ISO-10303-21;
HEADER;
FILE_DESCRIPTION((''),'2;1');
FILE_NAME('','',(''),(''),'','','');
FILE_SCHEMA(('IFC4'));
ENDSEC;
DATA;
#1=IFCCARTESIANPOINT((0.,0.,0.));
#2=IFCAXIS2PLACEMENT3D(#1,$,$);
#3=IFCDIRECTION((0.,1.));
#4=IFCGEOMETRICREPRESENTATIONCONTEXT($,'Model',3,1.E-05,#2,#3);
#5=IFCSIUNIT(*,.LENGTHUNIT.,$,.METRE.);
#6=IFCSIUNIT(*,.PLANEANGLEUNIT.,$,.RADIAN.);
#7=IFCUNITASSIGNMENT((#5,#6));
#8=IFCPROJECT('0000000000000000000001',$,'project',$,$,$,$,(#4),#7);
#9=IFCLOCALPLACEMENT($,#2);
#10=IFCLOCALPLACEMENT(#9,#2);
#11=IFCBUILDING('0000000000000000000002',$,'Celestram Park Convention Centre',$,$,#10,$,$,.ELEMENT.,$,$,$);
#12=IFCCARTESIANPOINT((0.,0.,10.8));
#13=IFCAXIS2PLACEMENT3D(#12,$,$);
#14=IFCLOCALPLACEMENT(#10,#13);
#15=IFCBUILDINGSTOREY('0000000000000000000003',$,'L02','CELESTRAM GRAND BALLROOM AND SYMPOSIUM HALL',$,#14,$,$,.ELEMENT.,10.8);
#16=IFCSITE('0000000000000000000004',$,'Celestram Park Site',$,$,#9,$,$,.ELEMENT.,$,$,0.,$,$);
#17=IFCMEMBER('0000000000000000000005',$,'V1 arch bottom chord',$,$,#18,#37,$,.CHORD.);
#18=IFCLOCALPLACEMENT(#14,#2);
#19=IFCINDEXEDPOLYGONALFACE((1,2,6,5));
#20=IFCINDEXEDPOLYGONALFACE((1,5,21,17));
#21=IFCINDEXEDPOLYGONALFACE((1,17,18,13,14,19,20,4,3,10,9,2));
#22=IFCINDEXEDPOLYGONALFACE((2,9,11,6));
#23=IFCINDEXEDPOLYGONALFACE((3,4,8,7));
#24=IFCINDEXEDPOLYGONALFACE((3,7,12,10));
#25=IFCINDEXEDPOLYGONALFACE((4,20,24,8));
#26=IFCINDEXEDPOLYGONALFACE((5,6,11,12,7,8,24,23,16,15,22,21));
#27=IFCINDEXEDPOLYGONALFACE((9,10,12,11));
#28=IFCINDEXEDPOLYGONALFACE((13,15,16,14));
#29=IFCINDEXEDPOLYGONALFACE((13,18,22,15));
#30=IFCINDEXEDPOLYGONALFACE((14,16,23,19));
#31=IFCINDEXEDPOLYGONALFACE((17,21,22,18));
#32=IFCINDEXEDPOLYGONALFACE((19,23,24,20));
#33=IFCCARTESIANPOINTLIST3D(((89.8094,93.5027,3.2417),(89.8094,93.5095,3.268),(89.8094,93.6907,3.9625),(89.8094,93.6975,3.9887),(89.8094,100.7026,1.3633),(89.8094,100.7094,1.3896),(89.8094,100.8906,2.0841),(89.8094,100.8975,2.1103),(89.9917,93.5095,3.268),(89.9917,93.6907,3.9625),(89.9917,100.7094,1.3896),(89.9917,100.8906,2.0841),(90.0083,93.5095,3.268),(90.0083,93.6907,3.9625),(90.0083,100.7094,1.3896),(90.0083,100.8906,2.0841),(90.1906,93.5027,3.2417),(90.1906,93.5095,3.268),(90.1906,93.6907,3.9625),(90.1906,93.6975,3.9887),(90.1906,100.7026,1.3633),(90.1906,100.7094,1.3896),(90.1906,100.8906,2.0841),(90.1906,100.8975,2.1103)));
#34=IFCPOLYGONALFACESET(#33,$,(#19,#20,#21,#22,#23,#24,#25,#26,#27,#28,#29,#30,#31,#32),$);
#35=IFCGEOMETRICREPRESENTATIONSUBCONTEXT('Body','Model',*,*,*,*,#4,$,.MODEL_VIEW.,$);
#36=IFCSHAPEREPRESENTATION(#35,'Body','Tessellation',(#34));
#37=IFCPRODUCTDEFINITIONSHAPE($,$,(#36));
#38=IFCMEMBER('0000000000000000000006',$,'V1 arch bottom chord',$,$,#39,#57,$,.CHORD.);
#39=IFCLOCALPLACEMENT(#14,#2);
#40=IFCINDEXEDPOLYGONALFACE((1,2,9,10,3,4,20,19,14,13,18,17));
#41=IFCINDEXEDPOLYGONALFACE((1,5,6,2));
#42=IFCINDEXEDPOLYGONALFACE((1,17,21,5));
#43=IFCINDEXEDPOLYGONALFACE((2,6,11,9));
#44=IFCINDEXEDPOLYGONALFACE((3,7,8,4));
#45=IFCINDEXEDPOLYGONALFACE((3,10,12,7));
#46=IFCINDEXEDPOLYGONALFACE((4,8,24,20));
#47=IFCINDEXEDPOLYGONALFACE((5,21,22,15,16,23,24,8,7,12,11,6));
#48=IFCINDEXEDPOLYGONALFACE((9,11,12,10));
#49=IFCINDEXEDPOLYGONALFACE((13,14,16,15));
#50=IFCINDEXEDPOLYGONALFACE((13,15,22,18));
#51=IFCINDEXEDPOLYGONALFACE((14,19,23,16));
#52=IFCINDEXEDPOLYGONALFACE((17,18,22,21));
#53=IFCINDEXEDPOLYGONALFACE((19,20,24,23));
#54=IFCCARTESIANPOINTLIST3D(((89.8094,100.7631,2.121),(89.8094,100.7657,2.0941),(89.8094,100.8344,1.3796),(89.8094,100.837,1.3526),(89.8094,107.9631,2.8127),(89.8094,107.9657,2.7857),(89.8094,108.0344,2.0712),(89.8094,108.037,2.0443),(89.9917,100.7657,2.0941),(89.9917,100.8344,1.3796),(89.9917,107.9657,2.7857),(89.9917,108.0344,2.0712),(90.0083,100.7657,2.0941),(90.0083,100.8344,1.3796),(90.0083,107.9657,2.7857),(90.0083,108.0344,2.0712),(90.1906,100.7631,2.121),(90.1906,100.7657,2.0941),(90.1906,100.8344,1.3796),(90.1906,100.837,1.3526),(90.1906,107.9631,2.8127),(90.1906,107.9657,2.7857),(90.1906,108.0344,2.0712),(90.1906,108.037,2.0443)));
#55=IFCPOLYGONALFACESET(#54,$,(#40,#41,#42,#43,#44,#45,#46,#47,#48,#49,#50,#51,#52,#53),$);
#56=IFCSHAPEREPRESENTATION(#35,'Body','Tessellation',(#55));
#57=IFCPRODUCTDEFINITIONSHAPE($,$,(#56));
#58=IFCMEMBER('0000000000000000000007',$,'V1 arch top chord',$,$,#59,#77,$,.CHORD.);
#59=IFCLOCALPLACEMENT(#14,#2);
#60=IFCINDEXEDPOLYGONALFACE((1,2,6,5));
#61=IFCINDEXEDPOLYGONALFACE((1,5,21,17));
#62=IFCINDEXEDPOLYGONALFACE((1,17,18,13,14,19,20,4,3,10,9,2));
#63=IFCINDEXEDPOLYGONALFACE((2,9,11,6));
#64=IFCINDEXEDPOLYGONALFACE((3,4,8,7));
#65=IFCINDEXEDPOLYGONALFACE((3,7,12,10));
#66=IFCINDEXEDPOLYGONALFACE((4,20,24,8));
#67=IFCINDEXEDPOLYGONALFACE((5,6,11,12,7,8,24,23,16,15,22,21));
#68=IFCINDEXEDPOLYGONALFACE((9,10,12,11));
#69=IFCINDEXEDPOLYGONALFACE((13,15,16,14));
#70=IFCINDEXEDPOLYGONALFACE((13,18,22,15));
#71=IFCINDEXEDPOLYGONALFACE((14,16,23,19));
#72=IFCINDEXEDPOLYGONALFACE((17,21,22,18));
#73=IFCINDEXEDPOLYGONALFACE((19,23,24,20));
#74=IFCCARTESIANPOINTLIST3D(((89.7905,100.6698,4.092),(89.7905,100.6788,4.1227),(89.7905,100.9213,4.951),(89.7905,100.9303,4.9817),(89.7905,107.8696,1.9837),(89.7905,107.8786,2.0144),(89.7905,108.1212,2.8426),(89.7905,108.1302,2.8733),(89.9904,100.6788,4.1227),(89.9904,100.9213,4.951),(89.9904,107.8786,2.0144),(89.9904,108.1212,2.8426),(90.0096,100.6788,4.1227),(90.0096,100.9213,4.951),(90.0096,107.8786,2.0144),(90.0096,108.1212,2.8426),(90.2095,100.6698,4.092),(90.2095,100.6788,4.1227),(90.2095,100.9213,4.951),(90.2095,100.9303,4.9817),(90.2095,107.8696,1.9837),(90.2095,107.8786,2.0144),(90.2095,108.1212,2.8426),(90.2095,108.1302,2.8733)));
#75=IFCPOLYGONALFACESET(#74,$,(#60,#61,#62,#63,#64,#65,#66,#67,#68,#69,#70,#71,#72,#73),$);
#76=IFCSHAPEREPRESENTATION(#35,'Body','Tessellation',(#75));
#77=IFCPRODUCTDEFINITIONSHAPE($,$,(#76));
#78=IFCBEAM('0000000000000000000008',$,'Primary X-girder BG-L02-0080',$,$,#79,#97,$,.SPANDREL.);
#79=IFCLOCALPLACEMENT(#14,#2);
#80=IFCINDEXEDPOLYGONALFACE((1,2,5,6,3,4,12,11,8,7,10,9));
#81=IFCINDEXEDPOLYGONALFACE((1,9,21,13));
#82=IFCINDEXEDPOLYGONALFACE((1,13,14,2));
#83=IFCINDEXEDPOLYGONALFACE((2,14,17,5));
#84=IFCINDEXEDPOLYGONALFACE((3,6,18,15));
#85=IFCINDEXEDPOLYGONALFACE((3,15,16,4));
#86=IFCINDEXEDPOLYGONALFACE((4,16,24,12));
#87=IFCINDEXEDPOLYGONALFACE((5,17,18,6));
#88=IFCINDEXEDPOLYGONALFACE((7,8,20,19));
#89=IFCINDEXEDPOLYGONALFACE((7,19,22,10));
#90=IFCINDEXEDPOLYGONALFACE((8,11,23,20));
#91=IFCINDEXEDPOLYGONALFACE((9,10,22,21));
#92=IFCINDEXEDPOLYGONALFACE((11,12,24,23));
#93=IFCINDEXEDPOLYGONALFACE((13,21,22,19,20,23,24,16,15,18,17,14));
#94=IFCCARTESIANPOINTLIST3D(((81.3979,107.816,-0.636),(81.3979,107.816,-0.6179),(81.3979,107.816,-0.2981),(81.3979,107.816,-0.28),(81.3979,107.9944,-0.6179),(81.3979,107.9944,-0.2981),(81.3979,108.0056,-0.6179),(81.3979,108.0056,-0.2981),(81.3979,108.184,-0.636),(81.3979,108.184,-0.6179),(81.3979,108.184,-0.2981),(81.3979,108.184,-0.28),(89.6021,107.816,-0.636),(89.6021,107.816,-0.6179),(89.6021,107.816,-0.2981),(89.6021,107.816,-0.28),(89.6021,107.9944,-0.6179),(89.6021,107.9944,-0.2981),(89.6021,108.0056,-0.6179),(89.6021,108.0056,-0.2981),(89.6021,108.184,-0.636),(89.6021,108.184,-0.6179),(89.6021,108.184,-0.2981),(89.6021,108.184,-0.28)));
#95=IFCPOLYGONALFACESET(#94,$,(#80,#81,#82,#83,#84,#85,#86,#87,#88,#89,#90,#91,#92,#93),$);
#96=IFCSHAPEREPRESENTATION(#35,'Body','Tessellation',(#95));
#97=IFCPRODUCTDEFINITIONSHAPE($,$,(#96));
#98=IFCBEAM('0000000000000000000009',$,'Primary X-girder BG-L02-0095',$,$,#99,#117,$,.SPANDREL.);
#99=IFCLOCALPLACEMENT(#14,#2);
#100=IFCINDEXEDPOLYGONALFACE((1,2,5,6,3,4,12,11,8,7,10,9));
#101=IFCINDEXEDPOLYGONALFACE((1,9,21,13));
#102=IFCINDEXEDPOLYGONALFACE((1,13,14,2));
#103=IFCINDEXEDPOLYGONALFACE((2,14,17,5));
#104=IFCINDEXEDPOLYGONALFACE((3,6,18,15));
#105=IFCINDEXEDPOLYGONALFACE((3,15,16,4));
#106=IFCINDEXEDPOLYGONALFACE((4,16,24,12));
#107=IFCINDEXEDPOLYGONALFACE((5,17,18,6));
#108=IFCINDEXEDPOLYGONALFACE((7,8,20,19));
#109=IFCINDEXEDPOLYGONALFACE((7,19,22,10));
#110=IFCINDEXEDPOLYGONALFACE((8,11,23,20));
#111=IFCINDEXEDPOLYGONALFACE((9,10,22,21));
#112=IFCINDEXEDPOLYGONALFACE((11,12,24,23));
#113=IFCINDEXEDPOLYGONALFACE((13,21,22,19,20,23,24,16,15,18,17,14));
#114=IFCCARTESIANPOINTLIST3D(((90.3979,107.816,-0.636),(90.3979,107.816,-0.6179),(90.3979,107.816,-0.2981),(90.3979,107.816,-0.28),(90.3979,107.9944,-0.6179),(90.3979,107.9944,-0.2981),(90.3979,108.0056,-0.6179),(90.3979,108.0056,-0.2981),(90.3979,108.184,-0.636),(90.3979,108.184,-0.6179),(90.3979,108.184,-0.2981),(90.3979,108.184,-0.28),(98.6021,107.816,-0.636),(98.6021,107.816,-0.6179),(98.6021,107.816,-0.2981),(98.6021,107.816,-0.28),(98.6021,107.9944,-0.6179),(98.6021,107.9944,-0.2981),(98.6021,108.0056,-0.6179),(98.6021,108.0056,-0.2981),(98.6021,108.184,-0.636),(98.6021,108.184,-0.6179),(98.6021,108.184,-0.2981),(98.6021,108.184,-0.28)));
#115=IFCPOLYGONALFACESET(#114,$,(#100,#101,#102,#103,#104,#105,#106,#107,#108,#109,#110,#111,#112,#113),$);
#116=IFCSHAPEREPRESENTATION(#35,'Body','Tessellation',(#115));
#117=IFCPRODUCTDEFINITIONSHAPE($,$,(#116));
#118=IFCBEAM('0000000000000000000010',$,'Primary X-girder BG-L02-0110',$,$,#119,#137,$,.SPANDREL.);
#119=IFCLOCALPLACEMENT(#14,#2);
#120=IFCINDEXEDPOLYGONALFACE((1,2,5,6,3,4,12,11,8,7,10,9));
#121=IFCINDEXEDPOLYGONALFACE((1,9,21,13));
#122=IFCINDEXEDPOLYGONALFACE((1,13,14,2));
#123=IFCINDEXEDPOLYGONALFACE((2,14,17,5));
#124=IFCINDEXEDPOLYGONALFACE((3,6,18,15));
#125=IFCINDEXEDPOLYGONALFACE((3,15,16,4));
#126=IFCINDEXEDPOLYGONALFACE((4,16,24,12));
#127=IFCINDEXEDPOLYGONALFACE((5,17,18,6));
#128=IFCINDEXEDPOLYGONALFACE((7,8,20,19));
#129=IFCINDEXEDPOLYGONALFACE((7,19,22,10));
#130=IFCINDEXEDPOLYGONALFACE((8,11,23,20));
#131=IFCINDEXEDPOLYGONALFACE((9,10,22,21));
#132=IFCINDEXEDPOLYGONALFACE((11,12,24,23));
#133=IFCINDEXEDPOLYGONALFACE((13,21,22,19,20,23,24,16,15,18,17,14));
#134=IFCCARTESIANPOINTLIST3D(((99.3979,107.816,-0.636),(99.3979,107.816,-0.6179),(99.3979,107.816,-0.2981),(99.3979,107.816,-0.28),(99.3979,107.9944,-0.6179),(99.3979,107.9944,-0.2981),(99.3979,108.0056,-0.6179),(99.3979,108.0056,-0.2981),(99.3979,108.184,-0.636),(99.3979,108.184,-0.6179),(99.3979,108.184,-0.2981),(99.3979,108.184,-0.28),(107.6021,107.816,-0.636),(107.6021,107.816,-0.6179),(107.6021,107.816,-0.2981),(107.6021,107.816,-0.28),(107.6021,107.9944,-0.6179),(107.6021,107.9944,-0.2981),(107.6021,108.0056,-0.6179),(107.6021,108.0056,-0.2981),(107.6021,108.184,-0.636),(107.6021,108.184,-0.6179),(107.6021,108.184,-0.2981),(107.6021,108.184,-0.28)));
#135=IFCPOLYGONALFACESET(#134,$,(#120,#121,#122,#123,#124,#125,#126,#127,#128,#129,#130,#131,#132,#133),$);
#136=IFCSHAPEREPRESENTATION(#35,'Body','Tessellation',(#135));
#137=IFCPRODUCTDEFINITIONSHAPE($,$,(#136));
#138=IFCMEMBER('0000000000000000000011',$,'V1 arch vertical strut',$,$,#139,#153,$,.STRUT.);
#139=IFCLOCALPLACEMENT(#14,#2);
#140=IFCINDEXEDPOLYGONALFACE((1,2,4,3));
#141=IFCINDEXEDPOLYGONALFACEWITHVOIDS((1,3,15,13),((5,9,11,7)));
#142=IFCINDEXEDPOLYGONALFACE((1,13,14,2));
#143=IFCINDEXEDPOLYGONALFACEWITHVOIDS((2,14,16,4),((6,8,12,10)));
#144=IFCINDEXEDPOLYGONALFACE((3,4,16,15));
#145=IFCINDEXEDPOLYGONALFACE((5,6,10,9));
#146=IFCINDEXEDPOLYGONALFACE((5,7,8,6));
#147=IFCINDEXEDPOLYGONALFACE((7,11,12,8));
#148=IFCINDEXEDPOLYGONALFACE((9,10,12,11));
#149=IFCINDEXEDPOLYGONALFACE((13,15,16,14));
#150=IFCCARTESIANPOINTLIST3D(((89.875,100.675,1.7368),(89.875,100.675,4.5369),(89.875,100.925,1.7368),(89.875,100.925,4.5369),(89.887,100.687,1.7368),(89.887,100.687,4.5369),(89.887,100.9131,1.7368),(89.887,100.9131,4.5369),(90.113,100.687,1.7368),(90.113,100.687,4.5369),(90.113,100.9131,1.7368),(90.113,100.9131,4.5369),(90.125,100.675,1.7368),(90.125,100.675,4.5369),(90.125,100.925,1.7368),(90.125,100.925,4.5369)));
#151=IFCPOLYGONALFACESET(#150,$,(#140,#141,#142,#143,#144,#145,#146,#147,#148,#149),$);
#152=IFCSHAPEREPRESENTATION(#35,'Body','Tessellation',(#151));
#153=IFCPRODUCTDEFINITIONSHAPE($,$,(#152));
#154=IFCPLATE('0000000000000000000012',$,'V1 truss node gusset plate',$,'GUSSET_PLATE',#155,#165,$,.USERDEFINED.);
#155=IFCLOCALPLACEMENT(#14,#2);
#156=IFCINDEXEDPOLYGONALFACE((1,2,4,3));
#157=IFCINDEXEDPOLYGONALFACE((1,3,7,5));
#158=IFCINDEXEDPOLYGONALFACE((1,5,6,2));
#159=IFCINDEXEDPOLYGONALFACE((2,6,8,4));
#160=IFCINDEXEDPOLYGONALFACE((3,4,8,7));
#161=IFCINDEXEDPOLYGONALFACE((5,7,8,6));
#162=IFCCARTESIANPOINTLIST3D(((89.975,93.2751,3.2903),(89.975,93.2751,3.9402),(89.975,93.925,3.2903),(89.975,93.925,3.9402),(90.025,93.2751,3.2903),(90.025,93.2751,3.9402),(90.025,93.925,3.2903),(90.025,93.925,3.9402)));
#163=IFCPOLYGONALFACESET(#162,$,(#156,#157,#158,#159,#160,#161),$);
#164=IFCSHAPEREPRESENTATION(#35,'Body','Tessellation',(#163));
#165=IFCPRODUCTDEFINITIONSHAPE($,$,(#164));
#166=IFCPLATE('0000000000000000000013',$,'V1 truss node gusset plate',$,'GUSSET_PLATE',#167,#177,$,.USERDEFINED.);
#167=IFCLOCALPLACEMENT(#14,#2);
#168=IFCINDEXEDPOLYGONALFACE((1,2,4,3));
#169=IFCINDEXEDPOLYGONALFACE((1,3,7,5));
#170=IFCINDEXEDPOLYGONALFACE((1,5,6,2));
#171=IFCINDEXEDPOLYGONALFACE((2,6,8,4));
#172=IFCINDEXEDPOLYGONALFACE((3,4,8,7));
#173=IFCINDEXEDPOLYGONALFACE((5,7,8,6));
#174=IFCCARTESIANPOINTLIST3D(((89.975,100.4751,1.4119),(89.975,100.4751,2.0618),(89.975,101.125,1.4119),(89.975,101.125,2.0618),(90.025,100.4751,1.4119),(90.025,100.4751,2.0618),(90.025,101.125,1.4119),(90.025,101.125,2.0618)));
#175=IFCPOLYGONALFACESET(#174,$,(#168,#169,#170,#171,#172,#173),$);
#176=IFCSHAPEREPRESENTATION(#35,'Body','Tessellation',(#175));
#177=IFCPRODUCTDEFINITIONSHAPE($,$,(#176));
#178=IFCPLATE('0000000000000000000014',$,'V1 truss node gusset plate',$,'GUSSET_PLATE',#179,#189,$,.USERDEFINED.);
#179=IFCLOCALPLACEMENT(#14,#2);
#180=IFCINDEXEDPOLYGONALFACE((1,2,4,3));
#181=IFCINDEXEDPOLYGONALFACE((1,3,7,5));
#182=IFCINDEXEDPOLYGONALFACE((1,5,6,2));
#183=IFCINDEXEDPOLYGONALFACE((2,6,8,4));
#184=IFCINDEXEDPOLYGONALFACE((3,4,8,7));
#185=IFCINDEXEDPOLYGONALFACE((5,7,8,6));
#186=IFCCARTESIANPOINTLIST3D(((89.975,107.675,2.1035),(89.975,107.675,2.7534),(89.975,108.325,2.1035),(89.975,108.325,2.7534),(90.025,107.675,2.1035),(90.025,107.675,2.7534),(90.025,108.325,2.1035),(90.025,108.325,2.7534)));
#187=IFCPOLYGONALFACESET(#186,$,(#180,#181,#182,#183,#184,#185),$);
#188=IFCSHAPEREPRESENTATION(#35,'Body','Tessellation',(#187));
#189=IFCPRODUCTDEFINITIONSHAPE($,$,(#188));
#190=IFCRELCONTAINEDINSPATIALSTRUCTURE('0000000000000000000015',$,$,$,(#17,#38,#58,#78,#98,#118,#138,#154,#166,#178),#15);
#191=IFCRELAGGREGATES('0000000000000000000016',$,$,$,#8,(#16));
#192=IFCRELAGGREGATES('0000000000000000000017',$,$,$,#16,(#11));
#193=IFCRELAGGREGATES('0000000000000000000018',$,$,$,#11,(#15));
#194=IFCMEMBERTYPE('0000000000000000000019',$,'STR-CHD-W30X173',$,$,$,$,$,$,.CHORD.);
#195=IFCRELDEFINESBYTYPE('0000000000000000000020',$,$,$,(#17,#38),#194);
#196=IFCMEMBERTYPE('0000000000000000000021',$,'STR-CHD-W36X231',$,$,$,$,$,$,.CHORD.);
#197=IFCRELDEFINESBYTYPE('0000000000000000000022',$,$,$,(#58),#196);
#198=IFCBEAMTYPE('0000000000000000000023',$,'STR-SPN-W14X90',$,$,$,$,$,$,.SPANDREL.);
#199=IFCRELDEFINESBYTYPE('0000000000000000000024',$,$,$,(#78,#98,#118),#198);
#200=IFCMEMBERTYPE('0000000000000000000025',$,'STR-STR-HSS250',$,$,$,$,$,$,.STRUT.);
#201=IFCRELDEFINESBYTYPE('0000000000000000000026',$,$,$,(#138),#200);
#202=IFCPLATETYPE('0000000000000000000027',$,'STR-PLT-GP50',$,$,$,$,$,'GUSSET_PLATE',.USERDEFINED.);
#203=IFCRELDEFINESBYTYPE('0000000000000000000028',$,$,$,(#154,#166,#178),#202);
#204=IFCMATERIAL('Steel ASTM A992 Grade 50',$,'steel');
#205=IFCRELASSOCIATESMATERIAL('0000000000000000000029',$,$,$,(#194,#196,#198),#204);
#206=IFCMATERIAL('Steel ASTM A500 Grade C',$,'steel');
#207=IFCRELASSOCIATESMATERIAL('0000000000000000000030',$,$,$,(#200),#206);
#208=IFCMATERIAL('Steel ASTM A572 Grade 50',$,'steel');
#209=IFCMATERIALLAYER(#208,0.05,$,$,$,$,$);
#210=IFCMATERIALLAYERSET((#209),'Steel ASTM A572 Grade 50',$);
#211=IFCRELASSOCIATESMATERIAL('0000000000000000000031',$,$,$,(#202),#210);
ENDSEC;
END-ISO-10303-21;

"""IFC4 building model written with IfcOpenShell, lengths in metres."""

from ifc_helpers import new_model, si_unit, direction, frame, origin, origin_2d, place, context, subcontext, project, spatial, rectangle, hollow_rectangle, i_section, extrude, material, layer, layer_set, material_profile, profile_set, type_object, element, save


model = new_model("IFC4")

# Units and contexts
model_context = context("Model", 3, precision=1e-05, world=origin(), true_north=direction((0.0, 1.0)))
body_context = subcontext(model_context, "Body", "Model", "MODEL_VIEW")
ifc_project = project(units=[si_unit("LENGTHUNIT", "METRE"), si_unit("PLANEANGLEUNIT", "RADIAN")], contexts=[model_context])

# Site, building, storey
site_placement = place(None, origin())
site = spatial("IfcSite", under=ifc_project, at=site_placement, Name="Celestram Park Site", CompositionType="ELEMENT", RefElevation=0.0)
building_placement = place(site_placement, origin())
building = spatial("IfcBuilding", under=site, at=building_placement, Name="Celestram Park Convention Centre", CompositionType="ELEMENT")
storey_placement = place(building_placement, frame((0.0, 0.0, 10.8)))
storey = spatial("IfcBuildingStorey", under=building, at=storey_placement, Name="L02", Description="CELESTRAM GRAND BALLROOM AND SYMPOSIUM HALL", CompositionType="ELEMENT", Elevation=10.8)

# Shared definitions
ifc_material_1 = material(Name="Steel ASTM A992 Grade 50", Category="steel")

# Members
ifc_material_2 = material(Name="Steel ASTM A500 Grade C", Category="steel")
ifc_material_profile_1 = material_profile(ifc_material_1, i_section(OverallWidth=0.3811, OverallDepth=0.772, WebThickness=0.0166, FlangeThickness=0.0271, at=origin_2d()), Name="W30X173")
ifc_profile_set_1 = profile_set([ifc_material_profile_1], Name="Steel ASTM A992 Grade 50")
member_type_1 = type_object("IfcMemberType", Name="STR-CHD-W30X173", PredefinedType="CHORD", material=ifc_profile_set_1)
member_1_placement = place(storey_placement, frame((90.0, 93.6001, 3.6152), z_axis=(0.0, 0.967612, -0.252443), x_axis=(-1.0, 0.0, 0.0)))
element("IfcMember", 1, at=member_1_placement, inside=storey, type_object=member_type_1, Name="V1 arch bottom chord", PredefinedType="CHORD", context=body_context, shape_type="SweptSolid", body=[
    extrude(i_section(OverallWidth=0.3811, OverallDepth=0.772, WebThickness=0.0166, FlangeThickness=0.0271, at=origin_2d()), origin(), (0.0, 0.0, 1.0), 7.4409),
])
member_2_placement = place(storey_placement, frame((90.0, 100.8, 1.7368), z_axis=(0.0, 0.995418, 0.095623), x_axis=(-1.0, 0.0, 0.0)))
element("IfcMember", 2, at=member_2_placement, inside=storey, type_object=member_type_1, Name="V1 arch bottom chord", PredefinedType="CHORD", context=body_context, shape_type="SweptSolid", body=[
    extrude(i_section(OverallWidth=0.3811, OverallDepth=0.772, WebThickness=0.0166, FlangeThickness=0.0271, at=origin_2d()), origin(), (0.0, 0.0, 1.0), 7.2332),
])
ifc_material_profile_2 = material_profile(ifc_material_1, i_section(OverallWidth=0.4189, OverallDepth=0.927, WebThickness=0.0193, FlangeThickness=0.032, at=origin_2d()), Name="W36X231")
ifc_profile_set_2 = profile_set([ifc_material_profile_2], Name="Steel ASTM A992 Grade 50")
member_type_2 = type_object("IfcMemberType", Name="STR-CHD-W36X231", PredefinedType="CHORD", material=ifc_profile_set_2)
member_3_placement = place(storey_placement, frame((90.0, 100.8, 4.5369), z_axis=(0.0, 0.959698, -0.281033), x_axis=(-1.0, 0.0, 0.0)))
element("IfcMember", 3, at=member_3_placement, inside=storey, type_object=member_type_2, Name="V1 arch top chord", PredefinedType="CHORD", context=body_context, shape_type="SweptSolid", body=[
    extrude(i_section(OverallWidth=0.4189, OverallDepth=0.927, WebThickness=0.0193, FlangeThickness=0.032, at=origin_2d()), origin(), (0.0, 0.0, 1.0), 7.5022),
])

# Beams
ifc_material_profile_3 = material_profile(ifc_material_1, i_section(OverallWidth=0.3679, OverallDepth=0.356, WebThickness=0.0112, FlangeThickness=0.0181, at=origin_2d()), Name="W14X90")
ifc_profile_set_3 = profile_set([ifc_material_profile_3], Name="Steel ASTM A992 Grade 50")
beam_type_1 = type_object("IfcBeamType", Name="STR-SPN-W14X90", PredefinedType="SPANDREL", material=ifc_profile_set_3)
for number, where, z_axis, x_axis, name in (
    (4, (81.3979, 108.0, -0.458), (1.0, 0.0, 0.0), (0.0, 1.0, 0.0), "Primary X-girder BG-L02-0080"),
    (5, (90.3979, 108.0, -0.458), (1.0, 0.0, 0.0), (0.0, 1.0, 0.0), "Primary X-girder BG-L02-0095"),
    (6, (99.3979, 108.0, -0.458), (1.0, 0.0, 0.0), (0.0, 1.0, 0.0), "Primary X-girder BG-L02-0110"),
):
    element("IfcBeam", number, at=place(storey_placement, frame(where, z_axis=z_axis, x_axis=x_axis)), inside=storey, type_object=beam_type_1, Name=name, PredefinedType="SPANDREL", context=body_context, shape_type="SweptSolid", body=[
        extrude(i_section(OverallWidth=0.3679, OverallDepth=0.356, WebThickness=0.0112, FlangeThickness=0.0181, at=origin_2d()), origin(), (0.0, 0.0, 1.0), 8.2041),
    ])

# Member
ifc_material_profile_4 = material_profile(ifc_material_2, hollow_rectangle(XDim=0.25, YDim=0.25, WallThickness=0.012, at=origin_2d()), Name="HSS250X250X12")
ifc_profile_set_4 = profile_set([ifc_material_profile_4], Name="Steel ASTM A500 Grade C")
member_type_3 = type_object("IfcMemberType", Name="STR-STR-HSS250", PredefinedType="STRUT", material=ifc_profile_set_4)
member_4_placement = place(storey_placement, frame((90.0, 100.8, 1.7368), z_axis=(0.0, 0.0, 1.0), x_axis=(1.0, 0.0, 0.0)))
element("IfcMember", 7, at=member_4_placement, inside=storey, type_object=member_type_3, Name="V1 arch vertical strut", PredefinedType="STRUT", context=body_context, shape_type="SweptSolid", body=[
    extrude(hollow_rectangle(XDim=0.25, YDim=0.25, WallThickness=0.012, at=origin_2d()), origin(), (0.0, 0.0, 1.0), 2.8),
])

# Plates
ifc_material_3 = material(Name="Steel ASTM A572 Grade 50", Category="steel")
ifc_layer_1 = layer(ifc_material_3, 0.05)
ifc_layer_set_1 = layer_set([ifc_layer_1], Name="Steel ASTM A572 Grade 50")
plate_type = type_object("IfcPlateType", Name="STR-PLT-GP50", ElementType="GUSSET_PLATE", PredefinedType="USERDEFINED", material=ifc_layer_set_1)
for number, where, z_axis, x_axis, name in (
    (8, (90.0, 93.6001, 3.2903), (0.0, 0.0, 1.0), (0.0, 1.0, 0.0), "V1 truss node gusset plate"),
    (9, (90.0, 100.8, 1.4119), (0.0, 0.0, 1.0), (0.0, 1.0, 0.0), "V1 truss node gusset plate"),
    (10, (90.0, 108.0, 2.1035), (0.0, 0.0, 1.0), (0.0, 1.0, 0.0), "V1 truss node gusset plate"),
):
    element("IfcPlate", number, at=place(storey_placement, frame(where, z_axis=z_axis, x_axis=x_axis)), inside=storey, type_object=plate_type, Name=name, ObjectType="GUSSET_PLATE", PredefinedType="USERDEFINED", context=body_context, shape_type="SweptSolid", body=[
        extrude(rectangle(XDim=0.6499, YDim=0.05, at=origin_2d()), origin(), (0.0, 0.0, 1.0), 0.6499),
    ])

save(model, "model.ifc")
